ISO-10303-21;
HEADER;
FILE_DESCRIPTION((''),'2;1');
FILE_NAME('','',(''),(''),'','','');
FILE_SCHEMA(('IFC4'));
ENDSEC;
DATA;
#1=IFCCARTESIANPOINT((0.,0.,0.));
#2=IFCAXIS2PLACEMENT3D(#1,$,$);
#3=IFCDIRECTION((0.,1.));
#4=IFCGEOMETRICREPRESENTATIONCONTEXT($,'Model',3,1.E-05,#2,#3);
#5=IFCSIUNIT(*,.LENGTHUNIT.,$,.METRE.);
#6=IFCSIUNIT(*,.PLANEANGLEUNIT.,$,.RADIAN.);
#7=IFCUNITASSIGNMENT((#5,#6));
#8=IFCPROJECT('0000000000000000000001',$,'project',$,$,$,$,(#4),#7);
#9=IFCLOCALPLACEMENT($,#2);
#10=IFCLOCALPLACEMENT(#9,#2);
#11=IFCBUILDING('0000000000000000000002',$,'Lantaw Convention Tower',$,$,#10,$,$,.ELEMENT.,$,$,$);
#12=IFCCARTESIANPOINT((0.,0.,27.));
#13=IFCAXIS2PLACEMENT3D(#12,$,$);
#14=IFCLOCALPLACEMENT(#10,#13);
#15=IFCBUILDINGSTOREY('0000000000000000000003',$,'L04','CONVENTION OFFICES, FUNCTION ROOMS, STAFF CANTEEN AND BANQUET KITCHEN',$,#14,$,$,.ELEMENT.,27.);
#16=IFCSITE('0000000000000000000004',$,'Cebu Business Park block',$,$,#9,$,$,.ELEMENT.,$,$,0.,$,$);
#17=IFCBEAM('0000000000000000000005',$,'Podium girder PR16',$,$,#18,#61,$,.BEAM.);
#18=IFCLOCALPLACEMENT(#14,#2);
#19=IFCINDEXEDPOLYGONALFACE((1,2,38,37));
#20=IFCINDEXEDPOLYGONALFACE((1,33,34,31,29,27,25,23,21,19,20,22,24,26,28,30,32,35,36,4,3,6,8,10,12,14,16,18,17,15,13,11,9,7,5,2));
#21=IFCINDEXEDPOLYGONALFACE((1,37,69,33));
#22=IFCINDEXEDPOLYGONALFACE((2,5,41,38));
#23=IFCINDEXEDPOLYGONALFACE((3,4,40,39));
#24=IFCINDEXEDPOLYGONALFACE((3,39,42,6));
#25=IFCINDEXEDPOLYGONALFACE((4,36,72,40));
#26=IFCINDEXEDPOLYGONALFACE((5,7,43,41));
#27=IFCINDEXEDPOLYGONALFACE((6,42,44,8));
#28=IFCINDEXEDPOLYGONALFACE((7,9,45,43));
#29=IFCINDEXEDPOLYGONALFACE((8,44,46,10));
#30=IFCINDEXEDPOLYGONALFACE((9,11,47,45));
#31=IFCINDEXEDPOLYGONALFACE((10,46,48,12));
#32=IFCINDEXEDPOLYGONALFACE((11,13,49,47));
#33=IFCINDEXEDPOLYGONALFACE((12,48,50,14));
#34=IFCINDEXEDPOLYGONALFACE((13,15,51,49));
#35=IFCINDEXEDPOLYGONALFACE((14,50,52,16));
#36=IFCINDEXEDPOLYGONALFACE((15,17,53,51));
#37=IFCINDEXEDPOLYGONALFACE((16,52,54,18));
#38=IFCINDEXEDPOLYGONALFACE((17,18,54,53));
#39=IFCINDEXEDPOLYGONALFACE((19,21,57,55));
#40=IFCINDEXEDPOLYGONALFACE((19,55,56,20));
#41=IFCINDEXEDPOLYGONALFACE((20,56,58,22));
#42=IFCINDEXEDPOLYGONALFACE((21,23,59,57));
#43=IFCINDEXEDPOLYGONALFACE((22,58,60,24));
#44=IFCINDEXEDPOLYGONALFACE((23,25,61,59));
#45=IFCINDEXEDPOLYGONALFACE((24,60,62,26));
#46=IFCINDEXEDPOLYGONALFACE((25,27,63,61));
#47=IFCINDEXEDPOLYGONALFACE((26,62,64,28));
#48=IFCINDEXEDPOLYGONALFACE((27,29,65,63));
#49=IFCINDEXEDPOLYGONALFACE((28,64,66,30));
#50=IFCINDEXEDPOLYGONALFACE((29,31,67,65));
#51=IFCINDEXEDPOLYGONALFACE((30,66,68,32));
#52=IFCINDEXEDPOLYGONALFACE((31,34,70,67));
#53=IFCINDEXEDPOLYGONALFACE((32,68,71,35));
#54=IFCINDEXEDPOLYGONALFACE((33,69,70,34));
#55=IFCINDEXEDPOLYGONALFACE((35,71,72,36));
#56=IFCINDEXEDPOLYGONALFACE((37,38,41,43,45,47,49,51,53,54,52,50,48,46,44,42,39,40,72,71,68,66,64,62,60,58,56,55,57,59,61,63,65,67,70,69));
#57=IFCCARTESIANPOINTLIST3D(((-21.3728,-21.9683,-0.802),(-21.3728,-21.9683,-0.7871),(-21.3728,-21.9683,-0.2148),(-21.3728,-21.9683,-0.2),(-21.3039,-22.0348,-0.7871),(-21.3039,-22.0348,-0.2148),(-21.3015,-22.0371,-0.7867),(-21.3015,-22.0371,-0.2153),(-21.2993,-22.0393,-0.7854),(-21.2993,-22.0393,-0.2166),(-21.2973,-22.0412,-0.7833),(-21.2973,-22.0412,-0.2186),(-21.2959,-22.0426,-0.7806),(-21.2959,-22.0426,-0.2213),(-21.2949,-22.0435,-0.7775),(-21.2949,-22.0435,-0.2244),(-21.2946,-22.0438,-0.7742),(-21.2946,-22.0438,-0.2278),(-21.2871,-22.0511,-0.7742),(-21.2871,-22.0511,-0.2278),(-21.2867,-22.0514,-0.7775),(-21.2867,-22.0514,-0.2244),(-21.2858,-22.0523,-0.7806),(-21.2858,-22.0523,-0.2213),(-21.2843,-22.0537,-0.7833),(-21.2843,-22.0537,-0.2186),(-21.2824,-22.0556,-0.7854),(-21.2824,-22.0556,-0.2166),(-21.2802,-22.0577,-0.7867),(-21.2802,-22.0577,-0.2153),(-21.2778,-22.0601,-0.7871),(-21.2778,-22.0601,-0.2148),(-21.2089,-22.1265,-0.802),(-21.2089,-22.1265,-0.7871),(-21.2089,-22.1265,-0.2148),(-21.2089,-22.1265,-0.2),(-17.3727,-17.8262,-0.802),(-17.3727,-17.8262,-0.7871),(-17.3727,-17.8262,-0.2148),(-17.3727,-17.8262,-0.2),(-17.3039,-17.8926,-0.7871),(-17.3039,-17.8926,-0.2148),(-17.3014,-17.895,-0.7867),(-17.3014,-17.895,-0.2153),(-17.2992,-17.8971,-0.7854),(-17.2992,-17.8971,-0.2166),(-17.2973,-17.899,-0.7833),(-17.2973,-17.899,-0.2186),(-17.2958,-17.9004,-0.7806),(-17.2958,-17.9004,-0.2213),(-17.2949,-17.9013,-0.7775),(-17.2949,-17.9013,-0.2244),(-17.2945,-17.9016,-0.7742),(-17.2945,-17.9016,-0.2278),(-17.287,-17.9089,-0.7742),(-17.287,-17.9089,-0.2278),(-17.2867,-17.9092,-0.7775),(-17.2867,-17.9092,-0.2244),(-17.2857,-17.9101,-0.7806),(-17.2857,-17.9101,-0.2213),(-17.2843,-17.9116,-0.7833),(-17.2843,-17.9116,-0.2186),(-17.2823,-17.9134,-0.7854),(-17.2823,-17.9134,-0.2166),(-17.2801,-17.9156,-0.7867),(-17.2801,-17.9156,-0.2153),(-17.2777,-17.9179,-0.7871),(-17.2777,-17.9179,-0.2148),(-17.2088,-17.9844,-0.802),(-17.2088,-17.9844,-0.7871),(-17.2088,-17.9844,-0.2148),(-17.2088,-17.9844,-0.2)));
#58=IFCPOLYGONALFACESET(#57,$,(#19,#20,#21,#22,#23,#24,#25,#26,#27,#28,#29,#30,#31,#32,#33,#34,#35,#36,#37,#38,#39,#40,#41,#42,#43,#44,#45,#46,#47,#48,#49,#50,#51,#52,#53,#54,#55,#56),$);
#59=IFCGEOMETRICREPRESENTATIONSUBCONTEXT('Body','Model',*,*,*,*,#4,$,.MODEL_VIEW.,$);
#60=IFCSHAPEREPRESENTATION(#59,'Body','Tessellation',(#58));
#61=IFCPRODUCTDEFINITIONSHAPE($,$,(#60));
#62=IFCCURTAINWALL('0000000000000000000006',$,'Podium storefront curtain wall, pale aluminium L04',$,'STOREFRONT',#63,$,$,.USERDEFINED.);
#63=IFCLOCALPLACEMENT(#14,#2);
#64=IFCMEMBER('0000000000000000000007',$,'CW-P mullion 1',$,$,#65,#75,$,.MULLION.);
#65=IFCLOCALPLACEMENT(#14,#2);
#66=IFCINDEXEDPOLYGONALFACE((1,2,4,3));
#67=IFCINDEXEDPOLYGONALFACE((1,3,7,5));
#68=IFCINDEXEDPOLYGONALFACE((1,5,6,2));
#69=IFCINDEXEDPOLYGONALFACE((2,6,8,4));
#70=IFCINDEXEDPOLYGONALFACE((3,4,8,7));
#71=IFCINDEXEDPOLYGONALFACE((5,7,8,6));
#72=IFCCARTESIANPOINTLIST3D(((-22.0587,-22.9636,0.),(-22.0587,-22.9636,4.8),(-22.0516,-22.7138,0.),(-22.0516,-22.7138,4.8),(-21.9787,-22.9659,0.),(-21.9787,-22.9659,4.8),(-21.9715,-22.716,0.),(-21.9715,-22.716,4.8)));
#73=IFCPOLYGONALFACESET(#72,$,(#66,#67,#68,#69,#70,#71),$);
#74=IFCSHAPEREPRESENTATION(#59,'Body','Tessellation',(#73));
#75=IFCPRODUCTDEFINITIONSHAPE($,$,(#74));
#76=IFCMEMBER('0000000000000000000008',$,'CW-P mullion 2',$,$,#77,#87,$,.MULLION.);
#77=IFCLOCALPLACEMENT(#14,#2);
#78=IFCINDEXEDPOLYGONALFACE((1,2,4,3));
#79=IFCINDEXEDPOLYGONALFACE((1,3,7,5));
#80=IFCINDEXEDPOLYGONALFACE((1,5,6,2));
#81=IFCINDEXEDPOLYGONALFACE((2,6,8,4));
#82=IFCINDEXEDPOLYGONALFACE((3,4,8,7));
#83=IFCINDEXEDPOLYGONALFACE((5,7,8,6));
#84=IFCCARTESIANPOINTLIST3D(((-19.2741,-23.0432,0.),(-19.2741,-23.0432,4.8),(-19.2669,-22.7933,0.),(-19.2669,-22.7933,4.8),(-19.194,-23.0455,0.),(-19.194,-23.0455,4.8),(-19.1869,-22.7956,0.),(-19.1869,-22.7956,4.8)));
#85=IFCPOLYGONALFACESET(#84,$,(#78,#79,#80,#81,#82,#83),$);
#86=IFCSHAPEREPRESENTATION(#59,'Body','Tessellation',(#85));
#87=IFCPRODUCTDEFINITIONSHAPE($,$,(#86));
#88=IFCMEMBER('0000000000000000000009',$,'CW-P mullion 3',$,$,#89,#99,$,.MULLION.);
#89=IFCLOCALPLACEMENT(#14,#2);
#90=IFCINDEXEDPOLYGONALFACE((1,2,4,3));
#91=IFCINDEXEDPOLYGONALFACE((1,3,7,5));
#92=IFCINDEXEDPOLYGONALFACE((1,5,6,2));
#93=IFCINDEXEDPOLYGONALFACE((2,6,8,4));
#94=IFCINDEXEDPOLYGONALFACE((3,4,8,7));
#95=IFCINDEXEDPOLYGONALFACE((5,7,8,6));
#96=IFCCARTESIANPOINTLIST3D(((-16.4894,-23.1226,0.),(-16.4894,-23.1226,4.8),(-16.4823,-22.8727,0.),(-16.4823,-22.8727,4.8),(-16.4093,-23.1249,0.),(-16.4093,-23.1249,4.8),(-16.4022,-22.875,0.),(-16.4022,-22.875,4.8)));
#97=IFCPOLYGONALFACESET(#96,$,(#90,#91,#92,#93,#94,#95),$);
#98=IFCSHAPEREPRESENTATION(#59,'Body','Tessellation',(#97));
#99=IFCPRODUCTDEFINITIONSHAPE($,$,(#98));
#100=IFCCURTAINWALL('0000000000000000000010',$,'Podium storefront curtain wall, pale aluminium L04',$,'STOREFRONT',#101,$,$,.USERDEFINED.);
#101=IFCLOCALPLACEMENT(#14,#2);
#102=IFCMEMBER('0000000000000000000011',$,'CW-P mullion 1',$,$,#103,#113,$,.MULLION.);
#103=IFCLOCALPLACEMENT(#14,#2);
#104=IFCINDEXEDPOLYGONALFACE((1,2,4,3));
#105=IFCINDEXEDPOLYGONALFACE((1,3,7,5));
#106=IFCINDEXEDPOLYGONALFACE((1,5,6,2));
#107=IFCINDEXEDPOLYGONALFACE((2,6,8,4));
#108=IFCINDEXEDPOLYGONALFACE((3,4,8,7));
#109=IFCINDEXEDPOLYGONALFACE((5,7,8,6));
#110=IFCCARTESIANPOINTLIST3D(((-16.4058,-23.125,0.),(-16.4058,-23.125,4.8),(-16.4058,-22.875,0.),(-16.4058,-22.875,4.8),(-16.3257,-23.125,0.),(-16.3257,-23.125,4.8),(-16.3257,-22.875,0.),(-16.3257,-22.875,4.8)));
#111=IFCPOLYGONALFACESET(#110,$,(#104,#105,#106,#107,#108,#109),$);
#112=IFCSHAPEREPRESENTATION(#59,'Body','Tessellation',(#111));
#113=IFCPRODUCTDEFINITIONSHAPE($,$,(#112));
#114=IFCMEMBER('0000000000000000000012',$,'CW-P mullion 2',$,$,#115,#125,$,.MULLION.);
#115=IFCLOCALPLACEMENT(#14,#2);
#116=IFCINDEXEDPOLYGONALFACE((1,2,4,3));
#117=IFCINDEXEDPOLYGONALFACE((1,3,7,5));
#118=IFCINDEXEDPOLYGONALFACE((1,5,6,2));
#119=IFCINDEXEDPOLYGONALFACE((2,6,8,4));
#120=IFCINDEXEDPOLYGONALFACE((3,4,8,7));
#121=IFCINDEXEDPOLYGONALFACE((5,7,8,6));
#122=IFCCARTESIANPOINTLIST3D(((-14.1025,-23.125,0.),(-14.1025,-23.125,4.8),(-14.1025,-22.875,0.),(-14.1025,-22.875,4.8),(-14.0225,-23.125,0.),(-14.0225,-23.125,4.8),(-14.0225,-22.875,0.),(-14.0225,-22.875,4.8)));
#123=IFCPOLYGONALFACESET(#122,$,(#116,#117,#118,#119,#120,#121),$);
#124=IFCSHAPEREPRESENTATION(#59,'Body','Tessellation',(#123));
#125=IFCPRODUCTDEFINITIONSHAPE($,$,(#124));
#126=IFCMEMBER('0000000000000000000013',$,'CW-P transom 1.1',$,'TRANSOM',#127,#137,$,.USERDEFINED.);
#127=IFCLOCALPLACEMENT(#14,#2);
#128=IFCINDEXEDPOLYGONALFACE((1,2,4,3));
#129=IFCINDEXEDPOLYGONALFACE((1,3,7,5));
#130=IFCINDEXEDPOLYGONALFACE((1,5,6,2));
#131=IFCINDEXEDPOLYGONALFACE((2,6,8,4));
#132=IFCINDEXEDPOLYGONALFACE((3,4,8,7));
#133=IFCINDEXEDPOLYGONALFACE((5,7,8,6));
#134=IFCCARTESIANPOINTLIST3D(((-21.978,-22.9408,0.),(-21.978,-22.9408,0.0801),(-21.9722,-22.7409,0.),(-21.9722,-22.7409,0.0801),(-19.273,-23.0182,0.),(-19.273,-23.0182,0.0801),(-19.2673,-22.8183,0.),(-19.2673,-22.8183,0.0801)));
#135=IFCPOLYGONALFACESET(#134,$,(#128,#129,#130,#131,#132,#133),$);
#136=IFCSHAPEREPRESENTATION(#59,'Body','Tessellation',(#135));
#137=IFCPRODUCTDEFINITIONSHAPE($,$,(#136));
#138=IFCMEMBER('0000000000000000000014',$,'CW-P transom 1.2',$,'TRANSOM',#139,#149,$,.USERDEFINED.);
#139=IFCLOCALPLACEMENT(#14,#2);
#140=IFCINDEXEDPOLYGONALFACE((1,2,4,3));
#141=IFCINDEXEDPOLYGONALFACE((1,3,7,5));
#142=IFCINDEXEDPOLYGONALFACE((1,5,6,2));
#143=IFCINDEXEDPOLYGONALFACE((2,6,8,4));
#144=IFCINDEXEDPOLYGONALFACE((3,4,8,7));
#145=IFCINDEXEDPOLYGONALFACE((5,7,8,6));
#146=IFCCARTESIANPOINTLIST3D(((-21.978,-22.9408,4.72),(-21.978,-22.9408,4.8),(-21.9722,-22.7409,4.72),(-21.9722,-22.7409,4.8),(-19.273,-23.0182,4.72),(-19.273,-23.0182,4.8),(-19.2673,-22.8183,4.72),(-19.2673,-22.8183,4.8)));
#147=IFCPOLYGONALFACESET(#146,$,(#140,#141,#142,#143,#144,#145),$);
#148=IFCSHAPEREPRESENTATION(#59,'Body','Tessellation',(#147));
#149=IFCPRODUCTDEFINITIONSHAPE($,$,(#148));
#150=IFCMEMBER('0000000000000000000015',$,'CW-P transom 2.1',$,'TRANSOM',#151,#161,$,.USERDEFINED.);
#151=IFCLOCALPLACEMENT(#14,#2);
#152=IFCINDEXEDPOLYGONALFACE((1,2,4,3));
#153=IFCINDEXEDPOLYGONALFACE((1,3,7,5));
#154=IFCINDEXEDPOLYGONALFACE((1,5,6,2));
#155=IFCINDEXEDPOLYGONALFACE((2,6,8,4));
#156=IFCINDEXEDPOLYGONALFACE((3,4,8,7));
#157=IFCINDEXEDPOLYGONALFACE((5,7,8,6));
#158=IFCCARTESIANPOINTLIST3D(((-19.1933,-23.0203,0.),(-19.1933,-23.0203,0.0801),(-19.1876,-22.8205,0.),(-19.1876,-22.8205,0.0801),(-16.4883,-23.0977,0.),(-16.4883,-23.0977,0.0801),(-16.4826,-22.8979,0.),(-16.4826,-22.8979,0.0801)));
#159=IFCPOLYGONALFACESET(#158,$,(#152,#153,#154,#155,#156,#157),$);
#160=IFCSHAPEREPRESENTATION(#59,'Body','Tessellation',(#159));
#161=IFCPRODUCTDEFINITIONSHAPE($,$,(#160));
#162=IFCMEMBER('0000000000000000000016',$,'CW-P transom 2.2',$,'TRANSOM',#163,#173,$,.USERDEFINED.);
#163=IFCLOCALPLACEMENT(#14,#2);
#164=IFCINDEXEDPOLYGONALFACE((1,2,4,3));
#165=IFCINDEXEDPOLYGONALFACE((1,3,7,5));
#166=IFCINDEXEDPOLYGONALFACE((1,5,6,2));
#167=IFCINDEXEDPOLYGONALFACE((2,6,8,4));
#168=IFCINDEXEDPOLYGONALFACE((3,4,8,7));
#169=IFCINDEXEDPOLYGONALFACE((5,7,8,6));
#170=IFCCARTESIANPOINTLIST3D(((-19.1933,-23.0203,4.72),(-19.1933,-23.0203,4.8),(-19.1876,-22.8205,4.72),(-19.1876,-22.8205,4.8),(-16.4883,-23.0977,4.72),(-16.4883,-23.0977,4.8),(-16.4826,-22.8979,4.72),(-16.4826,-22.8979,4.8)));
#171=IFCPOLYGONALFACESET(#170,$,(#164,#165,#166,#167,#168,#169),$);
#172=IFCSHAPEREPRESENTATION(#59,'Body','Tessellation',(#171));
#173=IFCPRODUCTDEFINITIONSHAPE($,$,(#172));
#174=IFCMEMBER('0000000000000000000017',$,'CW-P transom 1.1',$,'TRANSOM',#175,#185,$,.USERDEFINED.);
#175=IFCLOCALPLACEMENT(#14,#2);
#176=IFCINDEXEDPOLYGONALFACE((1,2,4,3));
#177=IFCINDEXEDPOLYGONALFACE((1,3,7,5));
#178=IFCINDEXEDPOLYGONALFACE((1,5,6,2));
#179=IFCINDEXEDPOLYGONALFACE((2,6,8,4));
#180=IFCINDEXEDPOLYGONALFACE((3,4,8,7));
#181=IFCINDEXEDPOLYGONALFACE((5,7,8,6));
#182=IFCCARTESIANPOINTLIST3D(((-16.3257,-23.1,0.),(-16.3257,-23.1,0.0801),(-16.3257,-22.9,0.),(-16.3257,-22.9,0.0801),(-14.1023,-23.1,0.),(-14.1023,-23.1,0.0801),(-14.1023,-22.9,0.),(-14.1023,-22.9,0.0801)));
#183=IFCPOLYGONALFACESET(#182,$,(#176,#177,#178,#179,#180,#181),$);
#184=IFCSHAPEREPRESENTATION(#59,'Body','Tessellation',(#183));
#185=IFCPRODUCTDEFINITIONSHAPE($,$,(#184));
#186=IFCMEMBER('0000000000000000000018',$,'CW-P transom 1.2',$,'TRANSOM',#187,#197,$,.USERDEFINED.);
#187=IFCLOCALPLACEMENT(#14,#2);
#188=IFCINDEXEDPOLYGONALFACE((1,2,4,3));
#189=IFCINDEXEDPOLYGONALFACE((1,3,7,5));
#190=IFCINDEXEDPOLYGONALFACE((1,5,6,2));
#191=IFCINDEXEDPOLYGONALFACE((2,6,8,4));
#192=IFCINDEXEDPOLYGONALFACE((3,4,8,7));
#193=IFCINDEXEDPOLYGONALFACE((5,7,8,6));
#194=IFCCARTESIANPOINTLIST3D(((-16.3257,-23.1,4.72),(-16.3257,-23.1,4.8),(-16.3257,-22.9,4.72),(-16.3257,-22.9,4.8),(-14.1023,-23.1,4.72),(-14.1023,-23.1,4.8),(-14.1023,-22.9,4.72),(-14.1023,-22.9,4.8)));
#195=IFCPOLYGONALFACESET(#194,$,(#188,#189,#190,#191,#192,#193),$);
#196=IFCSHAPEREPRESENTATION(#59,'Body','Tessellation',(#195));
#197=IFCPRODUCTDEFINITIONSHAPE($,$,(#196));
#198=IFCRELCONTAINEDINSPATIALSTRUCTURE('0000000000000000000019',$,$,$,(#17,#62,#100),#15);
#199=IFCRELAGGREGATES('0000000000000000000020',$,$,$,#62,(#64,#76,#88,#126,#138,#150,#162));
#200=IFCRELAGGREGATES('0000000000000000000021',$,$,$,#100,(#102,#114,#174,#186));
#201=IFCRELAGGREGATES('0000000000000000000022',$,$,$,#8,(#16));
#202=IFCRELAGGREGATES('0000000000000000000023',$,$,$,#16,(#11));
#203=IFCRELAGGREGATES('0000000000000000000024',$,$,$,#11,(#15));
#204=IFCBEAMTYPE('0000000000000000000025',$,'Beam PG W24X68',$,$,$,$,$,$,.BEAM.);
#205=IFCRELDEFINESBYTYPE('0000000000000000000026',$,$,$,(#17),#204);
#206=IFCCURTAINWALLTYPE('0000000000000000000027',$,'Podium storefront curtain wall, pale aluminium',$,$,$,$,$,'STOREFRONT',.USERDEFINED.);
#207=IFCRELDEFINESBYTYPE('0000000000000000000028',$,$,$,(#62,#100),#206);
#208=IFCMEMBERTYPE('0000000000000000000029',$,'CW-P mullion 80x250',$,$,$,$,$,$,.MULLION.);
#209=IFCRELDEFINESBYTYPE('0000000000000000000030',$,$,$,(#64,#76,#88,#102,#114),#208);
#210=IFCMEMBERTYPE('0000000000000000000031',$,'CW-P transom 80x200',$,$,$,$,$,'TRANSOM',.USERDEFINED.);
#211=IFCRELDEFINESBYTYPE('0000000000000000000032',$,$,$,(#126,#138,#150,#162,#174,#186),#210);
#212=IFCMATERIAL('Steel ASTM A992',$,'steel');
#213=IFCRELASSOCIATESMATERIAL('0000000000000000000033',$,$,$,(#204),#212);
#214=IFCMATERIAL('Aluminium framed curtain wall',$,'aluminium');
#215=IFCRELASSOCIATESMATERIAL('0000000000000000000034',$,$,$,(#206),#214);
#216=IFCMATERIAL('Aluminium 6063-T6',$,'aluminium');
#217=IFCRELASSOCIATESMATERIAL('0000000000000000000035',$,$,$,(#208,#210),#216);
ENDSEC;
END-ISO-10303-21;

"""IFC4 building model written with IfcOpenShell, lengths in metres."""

from ifc_helpers import new_model, si_unit, direction, frame, origin, origin_2d, place, context, subcontext, project, spatial, rectangle, i_section, extrude, material, material_profile, profile_set, type_object, element, aggregate, save


model = new_model("IFC4")

# Units and contexts
model_context = context("Model", 3, precision=1e-05, world=origin(), true_north=direction((0.0, 1.0)))
body_context = subcontext(model_context, "Body", "Model", "MODEL_VIEW")
ifc_project = project(units=[si_unit("LENGTHUNIT", "METRE"), si_unit("PLANEANGLEUNIT", "RADIAN")], contexts=[model_context])

# Site, building, storey
site_placement = place(None, origin())
site = spatial("IfcSite", under=ifc_project, at=site_placement, Name="Cebu Business Park block", CompositionType="ELEMENT", RefElevation=0.0)
building_placement = place(site_placement, origin())
building = spatial("IfcBuilding", under=site, at=building_placement, Name="Lantaw Convention Tower", CompositionType="ELEMENT")
storey_placement = place(building_placement, frame((0.0, 0.0, 27.0)))
storey = spatial("IfcBuildingStorey", under=building, at=storey_placement, Name="L04", Description="CONVENTION OFFICES, FUNCTION ROOMS, STAFF CANTEEN AND BANQUET KITCHEN", CompositionType="ELEMENT", Elevation=27.0)

# Beam
ifc_material_1 = material(Name="Steel ASTM A992", Category="steel")
ifc_material_profile_1 = material_profile(ifc_material_1, i_section(OverallWidth=0.2278, OverallDepth=0.6021, WebThickness=0.0105, FlangeThickness=0.0149, FilletRadius=0.0129, at=origin_2d()), Name="W24X68")
ifc_profile_set_1 = profile_set([ifc_material_profile_1], Name="Steel ASTM A992")
beam_type_1 = type_object("IfcBeamType", Name="Beam PG W24X68", PredefinedType="BEAM", material=ifc_profile_set_1)
beam_1_placement = place(storey_placement, frame((-17.2908, -17.9053, -0.501), z_axis=(-0.694661, -0.719337, 0.0), x_axis=(0.719337, -0.694661, 0.0)))
element("IfcBeam", 1, at=beam_1_placement, inside=storey, type_object=beam_type_1, Name="Podium girder PR16", PredefinedType="BEAM", context=body_context, shape_type="SweptSolid", body=[
    extrude(i_section(OverallWidth=0.2278, OverallDepth=0.6021, WebThickness=0.0105, FlangeThickness=0.0149, FilletRadius=0.0129, at=origin_2d()), origin(), (0.0, 0.0, 1.0), 5.7583),
])

# Curtain walls, members
ifc_material_2 = material(Name="Aluminium framed curtain wall", Category="aluminium")
curtain_wall_type = type_object("IfcCurtainWallType", Name="Podium storefront curtain wall, pale aluminium", ElementType="STOREFRONT", PredefinedType="USERDEFINED", material=ifc_material_2)
curtain_wall_1_placement = place(storey_placement, origin())
curtain_wall_1 = element("IfcCurtainWall", 2, at=curtain_wall_1_placement, inside=storey, type_object=curtain_wall_type, Name="Podium storefront curtain wall, pale aluminium L04", ObjectType="STOREFRONT", PredefinedType="USERDEFINED")
ifc_material_3 = material(Name="Aluminium 6063-T6", Category="aluminium")
ifc_material_profile_2 = material_profile(ifc_material_3, rectangle(XDim=0.25, YDim=0.0801, at=origin_2d()), Name="CW-P mullion 80x250")
ifc_profile_set_2 = profile_set([ifc_material_profile_2], Name="Aluminium 6063-T6")
member_type_1 = type_object("IfcMemberType", Name="CW-P mullion 80x250", PredefinedType="MULLION", material=ifc_profile_set_2)
member_1_placement = place(storey_placement, frame((-22.0151, -22.8398, 0.0), z_axis=(0.0, 0.0, 1.0), x_axis=(0.028552, 0.999592, 0.0)))
member_1 = element("IfcMember", 3, at=member_1_placement, type_object=member_type_1, Name="CW-P mullion 1", PredefinedType="MULLION", context=body_context, shape_type="SweptSolid", body=[
    extrude(rectangle(XDim=0.25, YDim=0.0801, at=origin_2d()), origin(), (0.0, 0.0, 1.0), 4.8),
])
member_2_placement = place(storey_placement, frame((-19.2305, -22.9194, 0.0), z_axis=(0.0, 0.0, 1.0), x_axis=(0.028552, 0.999592, 0.0)))
member_2 = element("IfcMember", 4, at=member_2_placement, type_object=member_type_1, Name="CW-P mullion 2", PredefinedType="MULLION", context=body_context, shape_type="SweptSolid", body=[
    extrude(rectangle(XDim=0.25, YDim=0.0801, at=origin_2d()), origin(), (0.0, 0.0, 1.0), 4.8),
])
member_3_placement = place(storey_placement, frame((-16.4458, -22.9988, 0.0), z_axis=(0.0, 0.0, 1.0), x_axis=(0.028552, 0.999592, 0.0)))
member_3 = element("IfcMember", 5, at=member_3_placement, type_object=member_type_1, Name="CW-P mullion 3", PredefinedType="MULLION", context=body_context, shape_type="SweptSolid", body=[
    extrude(rectangle(XDim=0.25, YDim=0.0801, at=origin_2d()), origin(), (0.0, 0.0, 1.0), 4.8),
])
curtain_wall_2_placement = place(storey_placement, origin())
curtain_wall_2 = element("IfcCurtainWall", 6, at=curtain_wall_2_placement, inside=storey, type_object=curtain_wall_type, Name="Podium storefront curtain wall, pale aluminium L04", ObjectType="STOREFRONT", PredefinedType="USERDEFINED")
member_4_placement = place(storey_placement, frame((-16.3657, -23.0, 0.0), z_axis=(0.0, 0.0, 1.0), x_axis=(0.0, 1.0, 0.0)))
member_4 = element("IfcMember", 7, at=member_4_placement, type_object=member_type_1, Name="CW-P mullion 1", PredefinedType="MULLION", context=body_context, shape_type="SweptSolid", body=[
    extrude(rectangle(XDim=0.25, YDim=0.0801, at=origin_2d()), origin(), (0.0, 0.0, 1.0), 4.8),
])
member_5_placement = place(storey_placement, frame((-14.0625, -23.0, 0.0), z_axis=(0.0, 0.0, 1.0), x_axis=(0.0, 1.0, 0.0)))
member_5 = element("IfcMember", 8, at=member_5_placement, type_object=member_type_1, Name="CW-P mullion 2", PredefinedType="MULLION", context=body_context, shape_type="SweptSolid", body=[
    extrude(rectangle(XDim=0.25, YDim=0.0801, at=origin_2d()), origin(), (0.0, 0.0, 1.0), 4.8),
])

# Members
ifc_material_profile_3 = material_profile(ifc_material_3, rectangle(XDim=0.2, YDim=0.0801, at=origin_2d()), Name="CW-P transom 80x200")
ifc_profile_set_3 = profile_set([ifc_material_profile_3], Name="Aluminium 6063-T6")
member_type_2 = type_object("IfcMemberType", Name="CW-P transom 80x200", ElementType="TRANSOM", PredefinedType="USERDEFINED", material=ifc_profile_set_3)
member_6_placement = place(storey_placement, frame((-21.9751, -22.8408, 0.04), z_axis=(0.999591, -0.028601, 0.0), x_axis=(0.028601, 0.999591, 0.0)))
member_6 = element("IfcMember", 9, at=member_6_placement, type_object=member_type_2, Name="CW-P transom 1.1", ObjectType="TRANSOM", PredefinedType="USERDEFINED", context=body_context, shape_type="SweptSolid", body=[
    extrude(rectangle(XDim=0.2, YDim=0.0801, at=origin_2d()), origin(), (0.0, 0.0, 1.0), 2.7061),
])
member_7_placement = place(storey_placement, frame((-21.9751, -22.8408, 4.76), z_axis=(0.999591, -0.028601, 0.0), x_axis=(0.028601, 0.999591, 0.0)))
member_7 = element("IfcMember", 10, at=member_7_placement, type_object=member_type_2, Name="CW-P transom 1.2", ObjectType="TRANSOM", PredefinedType="USERDEFINED", context=body_context, shape_type="SweptSolid", body=[
    extrude(rectangle(XDim=0.2, YDim=0.0801, at=origin_2d()), origin(), (0.0, 0.0, 1.0), 2.7061),
])
member_8_placement = place(storey_placement, frame((-19.1904, -22.9204, 0.04), z_axis=(0.999591, -0.028601, 0.0), x_axis=(0.028601, 0.999591, 0.0)))
member_8 = element("IfcMember", 11, at=member_8_placement, type_object=member_type_2, Name="CW-P transom 2.1", ObjectType="TRANSOM", PredefinedType="USERDEFINED", context=body_context, shape_type="SweptSolid", body=[
    extrude(rectangle(XDim=0.2, YDim=0.0801, at=origin_2d()), origin(), (0.0, 0.0, 1.0), 2.7061),
])
member_9_placement = place(storey_placement, frame((-19.1904, -22.9204, 4.76), z_axis=(0.999591, -0.028601, 0.0), x_axis=(0.028601, 0.999591, 0.0)))
member_9 = element("IfcMember", 12, at=member_9_placement, type_object=member_type_2, Name="CW-P transom 2.2", ObjectType="TRANSOM", PredefinedType="USERDEFINED", context=body_context, shape_type="SweptSolid", body=[
    extrude(rectangle(XDim=0.2, YDim=0.0801, at=origin_2d()), origin(), (0.0, 0.0, 1.0), 2.7061),
])
member_10_placement = place(storey_placement, frame((-16.3257, -23.0, 0.04), z_axis=(1.0, 0.0, 0.0), x_axis=(0.0, 1.0, 0.0)))
member_10 = element("IfcMember", 13, at=member_10_placement, type_object=member_type_2, Name="CW-P transom 1.1", ObjectType="TRANSOM", PredefinedType="USERDEFINED", context=body_context, shape_type="SweptSolid", body=[
    extrude(rectangle(XDim=0.2, YDim=0.0801, at=origin_2d()), origin(), (0.0, 0.0, 1.0), 2.2234),
])
member_11_placement = place(storey_placement, frame((-16.3257, -23.0, 4.76), z_axis=(1.0, 0.0, 0.0), x_axis=(0.0, 1.0, 0.0)))
member_11 = element("IfcMember", 14, at=member_11_placement, type_object=member_type_2, Name="CW-P transom 1.2", ObjectType="TRANSOM", PredefinedType="USERDEFINED", context=body_context, shape_type="SweptSolid", body=[
    extrude(rectangle(XDim=0.2, YDim=0.0801, at=origin_2d()), origin(), (0.0, 0.0, 1.0), 2.2234),
])

aggregate(curtain_wall_1, [member_1, member_2, member_3, member_6, member_7, member_8, member_9])
aggregate(curtain_wall_2, [member_4, member_5, member_10, member_11])

save(model, "model.ifc")
